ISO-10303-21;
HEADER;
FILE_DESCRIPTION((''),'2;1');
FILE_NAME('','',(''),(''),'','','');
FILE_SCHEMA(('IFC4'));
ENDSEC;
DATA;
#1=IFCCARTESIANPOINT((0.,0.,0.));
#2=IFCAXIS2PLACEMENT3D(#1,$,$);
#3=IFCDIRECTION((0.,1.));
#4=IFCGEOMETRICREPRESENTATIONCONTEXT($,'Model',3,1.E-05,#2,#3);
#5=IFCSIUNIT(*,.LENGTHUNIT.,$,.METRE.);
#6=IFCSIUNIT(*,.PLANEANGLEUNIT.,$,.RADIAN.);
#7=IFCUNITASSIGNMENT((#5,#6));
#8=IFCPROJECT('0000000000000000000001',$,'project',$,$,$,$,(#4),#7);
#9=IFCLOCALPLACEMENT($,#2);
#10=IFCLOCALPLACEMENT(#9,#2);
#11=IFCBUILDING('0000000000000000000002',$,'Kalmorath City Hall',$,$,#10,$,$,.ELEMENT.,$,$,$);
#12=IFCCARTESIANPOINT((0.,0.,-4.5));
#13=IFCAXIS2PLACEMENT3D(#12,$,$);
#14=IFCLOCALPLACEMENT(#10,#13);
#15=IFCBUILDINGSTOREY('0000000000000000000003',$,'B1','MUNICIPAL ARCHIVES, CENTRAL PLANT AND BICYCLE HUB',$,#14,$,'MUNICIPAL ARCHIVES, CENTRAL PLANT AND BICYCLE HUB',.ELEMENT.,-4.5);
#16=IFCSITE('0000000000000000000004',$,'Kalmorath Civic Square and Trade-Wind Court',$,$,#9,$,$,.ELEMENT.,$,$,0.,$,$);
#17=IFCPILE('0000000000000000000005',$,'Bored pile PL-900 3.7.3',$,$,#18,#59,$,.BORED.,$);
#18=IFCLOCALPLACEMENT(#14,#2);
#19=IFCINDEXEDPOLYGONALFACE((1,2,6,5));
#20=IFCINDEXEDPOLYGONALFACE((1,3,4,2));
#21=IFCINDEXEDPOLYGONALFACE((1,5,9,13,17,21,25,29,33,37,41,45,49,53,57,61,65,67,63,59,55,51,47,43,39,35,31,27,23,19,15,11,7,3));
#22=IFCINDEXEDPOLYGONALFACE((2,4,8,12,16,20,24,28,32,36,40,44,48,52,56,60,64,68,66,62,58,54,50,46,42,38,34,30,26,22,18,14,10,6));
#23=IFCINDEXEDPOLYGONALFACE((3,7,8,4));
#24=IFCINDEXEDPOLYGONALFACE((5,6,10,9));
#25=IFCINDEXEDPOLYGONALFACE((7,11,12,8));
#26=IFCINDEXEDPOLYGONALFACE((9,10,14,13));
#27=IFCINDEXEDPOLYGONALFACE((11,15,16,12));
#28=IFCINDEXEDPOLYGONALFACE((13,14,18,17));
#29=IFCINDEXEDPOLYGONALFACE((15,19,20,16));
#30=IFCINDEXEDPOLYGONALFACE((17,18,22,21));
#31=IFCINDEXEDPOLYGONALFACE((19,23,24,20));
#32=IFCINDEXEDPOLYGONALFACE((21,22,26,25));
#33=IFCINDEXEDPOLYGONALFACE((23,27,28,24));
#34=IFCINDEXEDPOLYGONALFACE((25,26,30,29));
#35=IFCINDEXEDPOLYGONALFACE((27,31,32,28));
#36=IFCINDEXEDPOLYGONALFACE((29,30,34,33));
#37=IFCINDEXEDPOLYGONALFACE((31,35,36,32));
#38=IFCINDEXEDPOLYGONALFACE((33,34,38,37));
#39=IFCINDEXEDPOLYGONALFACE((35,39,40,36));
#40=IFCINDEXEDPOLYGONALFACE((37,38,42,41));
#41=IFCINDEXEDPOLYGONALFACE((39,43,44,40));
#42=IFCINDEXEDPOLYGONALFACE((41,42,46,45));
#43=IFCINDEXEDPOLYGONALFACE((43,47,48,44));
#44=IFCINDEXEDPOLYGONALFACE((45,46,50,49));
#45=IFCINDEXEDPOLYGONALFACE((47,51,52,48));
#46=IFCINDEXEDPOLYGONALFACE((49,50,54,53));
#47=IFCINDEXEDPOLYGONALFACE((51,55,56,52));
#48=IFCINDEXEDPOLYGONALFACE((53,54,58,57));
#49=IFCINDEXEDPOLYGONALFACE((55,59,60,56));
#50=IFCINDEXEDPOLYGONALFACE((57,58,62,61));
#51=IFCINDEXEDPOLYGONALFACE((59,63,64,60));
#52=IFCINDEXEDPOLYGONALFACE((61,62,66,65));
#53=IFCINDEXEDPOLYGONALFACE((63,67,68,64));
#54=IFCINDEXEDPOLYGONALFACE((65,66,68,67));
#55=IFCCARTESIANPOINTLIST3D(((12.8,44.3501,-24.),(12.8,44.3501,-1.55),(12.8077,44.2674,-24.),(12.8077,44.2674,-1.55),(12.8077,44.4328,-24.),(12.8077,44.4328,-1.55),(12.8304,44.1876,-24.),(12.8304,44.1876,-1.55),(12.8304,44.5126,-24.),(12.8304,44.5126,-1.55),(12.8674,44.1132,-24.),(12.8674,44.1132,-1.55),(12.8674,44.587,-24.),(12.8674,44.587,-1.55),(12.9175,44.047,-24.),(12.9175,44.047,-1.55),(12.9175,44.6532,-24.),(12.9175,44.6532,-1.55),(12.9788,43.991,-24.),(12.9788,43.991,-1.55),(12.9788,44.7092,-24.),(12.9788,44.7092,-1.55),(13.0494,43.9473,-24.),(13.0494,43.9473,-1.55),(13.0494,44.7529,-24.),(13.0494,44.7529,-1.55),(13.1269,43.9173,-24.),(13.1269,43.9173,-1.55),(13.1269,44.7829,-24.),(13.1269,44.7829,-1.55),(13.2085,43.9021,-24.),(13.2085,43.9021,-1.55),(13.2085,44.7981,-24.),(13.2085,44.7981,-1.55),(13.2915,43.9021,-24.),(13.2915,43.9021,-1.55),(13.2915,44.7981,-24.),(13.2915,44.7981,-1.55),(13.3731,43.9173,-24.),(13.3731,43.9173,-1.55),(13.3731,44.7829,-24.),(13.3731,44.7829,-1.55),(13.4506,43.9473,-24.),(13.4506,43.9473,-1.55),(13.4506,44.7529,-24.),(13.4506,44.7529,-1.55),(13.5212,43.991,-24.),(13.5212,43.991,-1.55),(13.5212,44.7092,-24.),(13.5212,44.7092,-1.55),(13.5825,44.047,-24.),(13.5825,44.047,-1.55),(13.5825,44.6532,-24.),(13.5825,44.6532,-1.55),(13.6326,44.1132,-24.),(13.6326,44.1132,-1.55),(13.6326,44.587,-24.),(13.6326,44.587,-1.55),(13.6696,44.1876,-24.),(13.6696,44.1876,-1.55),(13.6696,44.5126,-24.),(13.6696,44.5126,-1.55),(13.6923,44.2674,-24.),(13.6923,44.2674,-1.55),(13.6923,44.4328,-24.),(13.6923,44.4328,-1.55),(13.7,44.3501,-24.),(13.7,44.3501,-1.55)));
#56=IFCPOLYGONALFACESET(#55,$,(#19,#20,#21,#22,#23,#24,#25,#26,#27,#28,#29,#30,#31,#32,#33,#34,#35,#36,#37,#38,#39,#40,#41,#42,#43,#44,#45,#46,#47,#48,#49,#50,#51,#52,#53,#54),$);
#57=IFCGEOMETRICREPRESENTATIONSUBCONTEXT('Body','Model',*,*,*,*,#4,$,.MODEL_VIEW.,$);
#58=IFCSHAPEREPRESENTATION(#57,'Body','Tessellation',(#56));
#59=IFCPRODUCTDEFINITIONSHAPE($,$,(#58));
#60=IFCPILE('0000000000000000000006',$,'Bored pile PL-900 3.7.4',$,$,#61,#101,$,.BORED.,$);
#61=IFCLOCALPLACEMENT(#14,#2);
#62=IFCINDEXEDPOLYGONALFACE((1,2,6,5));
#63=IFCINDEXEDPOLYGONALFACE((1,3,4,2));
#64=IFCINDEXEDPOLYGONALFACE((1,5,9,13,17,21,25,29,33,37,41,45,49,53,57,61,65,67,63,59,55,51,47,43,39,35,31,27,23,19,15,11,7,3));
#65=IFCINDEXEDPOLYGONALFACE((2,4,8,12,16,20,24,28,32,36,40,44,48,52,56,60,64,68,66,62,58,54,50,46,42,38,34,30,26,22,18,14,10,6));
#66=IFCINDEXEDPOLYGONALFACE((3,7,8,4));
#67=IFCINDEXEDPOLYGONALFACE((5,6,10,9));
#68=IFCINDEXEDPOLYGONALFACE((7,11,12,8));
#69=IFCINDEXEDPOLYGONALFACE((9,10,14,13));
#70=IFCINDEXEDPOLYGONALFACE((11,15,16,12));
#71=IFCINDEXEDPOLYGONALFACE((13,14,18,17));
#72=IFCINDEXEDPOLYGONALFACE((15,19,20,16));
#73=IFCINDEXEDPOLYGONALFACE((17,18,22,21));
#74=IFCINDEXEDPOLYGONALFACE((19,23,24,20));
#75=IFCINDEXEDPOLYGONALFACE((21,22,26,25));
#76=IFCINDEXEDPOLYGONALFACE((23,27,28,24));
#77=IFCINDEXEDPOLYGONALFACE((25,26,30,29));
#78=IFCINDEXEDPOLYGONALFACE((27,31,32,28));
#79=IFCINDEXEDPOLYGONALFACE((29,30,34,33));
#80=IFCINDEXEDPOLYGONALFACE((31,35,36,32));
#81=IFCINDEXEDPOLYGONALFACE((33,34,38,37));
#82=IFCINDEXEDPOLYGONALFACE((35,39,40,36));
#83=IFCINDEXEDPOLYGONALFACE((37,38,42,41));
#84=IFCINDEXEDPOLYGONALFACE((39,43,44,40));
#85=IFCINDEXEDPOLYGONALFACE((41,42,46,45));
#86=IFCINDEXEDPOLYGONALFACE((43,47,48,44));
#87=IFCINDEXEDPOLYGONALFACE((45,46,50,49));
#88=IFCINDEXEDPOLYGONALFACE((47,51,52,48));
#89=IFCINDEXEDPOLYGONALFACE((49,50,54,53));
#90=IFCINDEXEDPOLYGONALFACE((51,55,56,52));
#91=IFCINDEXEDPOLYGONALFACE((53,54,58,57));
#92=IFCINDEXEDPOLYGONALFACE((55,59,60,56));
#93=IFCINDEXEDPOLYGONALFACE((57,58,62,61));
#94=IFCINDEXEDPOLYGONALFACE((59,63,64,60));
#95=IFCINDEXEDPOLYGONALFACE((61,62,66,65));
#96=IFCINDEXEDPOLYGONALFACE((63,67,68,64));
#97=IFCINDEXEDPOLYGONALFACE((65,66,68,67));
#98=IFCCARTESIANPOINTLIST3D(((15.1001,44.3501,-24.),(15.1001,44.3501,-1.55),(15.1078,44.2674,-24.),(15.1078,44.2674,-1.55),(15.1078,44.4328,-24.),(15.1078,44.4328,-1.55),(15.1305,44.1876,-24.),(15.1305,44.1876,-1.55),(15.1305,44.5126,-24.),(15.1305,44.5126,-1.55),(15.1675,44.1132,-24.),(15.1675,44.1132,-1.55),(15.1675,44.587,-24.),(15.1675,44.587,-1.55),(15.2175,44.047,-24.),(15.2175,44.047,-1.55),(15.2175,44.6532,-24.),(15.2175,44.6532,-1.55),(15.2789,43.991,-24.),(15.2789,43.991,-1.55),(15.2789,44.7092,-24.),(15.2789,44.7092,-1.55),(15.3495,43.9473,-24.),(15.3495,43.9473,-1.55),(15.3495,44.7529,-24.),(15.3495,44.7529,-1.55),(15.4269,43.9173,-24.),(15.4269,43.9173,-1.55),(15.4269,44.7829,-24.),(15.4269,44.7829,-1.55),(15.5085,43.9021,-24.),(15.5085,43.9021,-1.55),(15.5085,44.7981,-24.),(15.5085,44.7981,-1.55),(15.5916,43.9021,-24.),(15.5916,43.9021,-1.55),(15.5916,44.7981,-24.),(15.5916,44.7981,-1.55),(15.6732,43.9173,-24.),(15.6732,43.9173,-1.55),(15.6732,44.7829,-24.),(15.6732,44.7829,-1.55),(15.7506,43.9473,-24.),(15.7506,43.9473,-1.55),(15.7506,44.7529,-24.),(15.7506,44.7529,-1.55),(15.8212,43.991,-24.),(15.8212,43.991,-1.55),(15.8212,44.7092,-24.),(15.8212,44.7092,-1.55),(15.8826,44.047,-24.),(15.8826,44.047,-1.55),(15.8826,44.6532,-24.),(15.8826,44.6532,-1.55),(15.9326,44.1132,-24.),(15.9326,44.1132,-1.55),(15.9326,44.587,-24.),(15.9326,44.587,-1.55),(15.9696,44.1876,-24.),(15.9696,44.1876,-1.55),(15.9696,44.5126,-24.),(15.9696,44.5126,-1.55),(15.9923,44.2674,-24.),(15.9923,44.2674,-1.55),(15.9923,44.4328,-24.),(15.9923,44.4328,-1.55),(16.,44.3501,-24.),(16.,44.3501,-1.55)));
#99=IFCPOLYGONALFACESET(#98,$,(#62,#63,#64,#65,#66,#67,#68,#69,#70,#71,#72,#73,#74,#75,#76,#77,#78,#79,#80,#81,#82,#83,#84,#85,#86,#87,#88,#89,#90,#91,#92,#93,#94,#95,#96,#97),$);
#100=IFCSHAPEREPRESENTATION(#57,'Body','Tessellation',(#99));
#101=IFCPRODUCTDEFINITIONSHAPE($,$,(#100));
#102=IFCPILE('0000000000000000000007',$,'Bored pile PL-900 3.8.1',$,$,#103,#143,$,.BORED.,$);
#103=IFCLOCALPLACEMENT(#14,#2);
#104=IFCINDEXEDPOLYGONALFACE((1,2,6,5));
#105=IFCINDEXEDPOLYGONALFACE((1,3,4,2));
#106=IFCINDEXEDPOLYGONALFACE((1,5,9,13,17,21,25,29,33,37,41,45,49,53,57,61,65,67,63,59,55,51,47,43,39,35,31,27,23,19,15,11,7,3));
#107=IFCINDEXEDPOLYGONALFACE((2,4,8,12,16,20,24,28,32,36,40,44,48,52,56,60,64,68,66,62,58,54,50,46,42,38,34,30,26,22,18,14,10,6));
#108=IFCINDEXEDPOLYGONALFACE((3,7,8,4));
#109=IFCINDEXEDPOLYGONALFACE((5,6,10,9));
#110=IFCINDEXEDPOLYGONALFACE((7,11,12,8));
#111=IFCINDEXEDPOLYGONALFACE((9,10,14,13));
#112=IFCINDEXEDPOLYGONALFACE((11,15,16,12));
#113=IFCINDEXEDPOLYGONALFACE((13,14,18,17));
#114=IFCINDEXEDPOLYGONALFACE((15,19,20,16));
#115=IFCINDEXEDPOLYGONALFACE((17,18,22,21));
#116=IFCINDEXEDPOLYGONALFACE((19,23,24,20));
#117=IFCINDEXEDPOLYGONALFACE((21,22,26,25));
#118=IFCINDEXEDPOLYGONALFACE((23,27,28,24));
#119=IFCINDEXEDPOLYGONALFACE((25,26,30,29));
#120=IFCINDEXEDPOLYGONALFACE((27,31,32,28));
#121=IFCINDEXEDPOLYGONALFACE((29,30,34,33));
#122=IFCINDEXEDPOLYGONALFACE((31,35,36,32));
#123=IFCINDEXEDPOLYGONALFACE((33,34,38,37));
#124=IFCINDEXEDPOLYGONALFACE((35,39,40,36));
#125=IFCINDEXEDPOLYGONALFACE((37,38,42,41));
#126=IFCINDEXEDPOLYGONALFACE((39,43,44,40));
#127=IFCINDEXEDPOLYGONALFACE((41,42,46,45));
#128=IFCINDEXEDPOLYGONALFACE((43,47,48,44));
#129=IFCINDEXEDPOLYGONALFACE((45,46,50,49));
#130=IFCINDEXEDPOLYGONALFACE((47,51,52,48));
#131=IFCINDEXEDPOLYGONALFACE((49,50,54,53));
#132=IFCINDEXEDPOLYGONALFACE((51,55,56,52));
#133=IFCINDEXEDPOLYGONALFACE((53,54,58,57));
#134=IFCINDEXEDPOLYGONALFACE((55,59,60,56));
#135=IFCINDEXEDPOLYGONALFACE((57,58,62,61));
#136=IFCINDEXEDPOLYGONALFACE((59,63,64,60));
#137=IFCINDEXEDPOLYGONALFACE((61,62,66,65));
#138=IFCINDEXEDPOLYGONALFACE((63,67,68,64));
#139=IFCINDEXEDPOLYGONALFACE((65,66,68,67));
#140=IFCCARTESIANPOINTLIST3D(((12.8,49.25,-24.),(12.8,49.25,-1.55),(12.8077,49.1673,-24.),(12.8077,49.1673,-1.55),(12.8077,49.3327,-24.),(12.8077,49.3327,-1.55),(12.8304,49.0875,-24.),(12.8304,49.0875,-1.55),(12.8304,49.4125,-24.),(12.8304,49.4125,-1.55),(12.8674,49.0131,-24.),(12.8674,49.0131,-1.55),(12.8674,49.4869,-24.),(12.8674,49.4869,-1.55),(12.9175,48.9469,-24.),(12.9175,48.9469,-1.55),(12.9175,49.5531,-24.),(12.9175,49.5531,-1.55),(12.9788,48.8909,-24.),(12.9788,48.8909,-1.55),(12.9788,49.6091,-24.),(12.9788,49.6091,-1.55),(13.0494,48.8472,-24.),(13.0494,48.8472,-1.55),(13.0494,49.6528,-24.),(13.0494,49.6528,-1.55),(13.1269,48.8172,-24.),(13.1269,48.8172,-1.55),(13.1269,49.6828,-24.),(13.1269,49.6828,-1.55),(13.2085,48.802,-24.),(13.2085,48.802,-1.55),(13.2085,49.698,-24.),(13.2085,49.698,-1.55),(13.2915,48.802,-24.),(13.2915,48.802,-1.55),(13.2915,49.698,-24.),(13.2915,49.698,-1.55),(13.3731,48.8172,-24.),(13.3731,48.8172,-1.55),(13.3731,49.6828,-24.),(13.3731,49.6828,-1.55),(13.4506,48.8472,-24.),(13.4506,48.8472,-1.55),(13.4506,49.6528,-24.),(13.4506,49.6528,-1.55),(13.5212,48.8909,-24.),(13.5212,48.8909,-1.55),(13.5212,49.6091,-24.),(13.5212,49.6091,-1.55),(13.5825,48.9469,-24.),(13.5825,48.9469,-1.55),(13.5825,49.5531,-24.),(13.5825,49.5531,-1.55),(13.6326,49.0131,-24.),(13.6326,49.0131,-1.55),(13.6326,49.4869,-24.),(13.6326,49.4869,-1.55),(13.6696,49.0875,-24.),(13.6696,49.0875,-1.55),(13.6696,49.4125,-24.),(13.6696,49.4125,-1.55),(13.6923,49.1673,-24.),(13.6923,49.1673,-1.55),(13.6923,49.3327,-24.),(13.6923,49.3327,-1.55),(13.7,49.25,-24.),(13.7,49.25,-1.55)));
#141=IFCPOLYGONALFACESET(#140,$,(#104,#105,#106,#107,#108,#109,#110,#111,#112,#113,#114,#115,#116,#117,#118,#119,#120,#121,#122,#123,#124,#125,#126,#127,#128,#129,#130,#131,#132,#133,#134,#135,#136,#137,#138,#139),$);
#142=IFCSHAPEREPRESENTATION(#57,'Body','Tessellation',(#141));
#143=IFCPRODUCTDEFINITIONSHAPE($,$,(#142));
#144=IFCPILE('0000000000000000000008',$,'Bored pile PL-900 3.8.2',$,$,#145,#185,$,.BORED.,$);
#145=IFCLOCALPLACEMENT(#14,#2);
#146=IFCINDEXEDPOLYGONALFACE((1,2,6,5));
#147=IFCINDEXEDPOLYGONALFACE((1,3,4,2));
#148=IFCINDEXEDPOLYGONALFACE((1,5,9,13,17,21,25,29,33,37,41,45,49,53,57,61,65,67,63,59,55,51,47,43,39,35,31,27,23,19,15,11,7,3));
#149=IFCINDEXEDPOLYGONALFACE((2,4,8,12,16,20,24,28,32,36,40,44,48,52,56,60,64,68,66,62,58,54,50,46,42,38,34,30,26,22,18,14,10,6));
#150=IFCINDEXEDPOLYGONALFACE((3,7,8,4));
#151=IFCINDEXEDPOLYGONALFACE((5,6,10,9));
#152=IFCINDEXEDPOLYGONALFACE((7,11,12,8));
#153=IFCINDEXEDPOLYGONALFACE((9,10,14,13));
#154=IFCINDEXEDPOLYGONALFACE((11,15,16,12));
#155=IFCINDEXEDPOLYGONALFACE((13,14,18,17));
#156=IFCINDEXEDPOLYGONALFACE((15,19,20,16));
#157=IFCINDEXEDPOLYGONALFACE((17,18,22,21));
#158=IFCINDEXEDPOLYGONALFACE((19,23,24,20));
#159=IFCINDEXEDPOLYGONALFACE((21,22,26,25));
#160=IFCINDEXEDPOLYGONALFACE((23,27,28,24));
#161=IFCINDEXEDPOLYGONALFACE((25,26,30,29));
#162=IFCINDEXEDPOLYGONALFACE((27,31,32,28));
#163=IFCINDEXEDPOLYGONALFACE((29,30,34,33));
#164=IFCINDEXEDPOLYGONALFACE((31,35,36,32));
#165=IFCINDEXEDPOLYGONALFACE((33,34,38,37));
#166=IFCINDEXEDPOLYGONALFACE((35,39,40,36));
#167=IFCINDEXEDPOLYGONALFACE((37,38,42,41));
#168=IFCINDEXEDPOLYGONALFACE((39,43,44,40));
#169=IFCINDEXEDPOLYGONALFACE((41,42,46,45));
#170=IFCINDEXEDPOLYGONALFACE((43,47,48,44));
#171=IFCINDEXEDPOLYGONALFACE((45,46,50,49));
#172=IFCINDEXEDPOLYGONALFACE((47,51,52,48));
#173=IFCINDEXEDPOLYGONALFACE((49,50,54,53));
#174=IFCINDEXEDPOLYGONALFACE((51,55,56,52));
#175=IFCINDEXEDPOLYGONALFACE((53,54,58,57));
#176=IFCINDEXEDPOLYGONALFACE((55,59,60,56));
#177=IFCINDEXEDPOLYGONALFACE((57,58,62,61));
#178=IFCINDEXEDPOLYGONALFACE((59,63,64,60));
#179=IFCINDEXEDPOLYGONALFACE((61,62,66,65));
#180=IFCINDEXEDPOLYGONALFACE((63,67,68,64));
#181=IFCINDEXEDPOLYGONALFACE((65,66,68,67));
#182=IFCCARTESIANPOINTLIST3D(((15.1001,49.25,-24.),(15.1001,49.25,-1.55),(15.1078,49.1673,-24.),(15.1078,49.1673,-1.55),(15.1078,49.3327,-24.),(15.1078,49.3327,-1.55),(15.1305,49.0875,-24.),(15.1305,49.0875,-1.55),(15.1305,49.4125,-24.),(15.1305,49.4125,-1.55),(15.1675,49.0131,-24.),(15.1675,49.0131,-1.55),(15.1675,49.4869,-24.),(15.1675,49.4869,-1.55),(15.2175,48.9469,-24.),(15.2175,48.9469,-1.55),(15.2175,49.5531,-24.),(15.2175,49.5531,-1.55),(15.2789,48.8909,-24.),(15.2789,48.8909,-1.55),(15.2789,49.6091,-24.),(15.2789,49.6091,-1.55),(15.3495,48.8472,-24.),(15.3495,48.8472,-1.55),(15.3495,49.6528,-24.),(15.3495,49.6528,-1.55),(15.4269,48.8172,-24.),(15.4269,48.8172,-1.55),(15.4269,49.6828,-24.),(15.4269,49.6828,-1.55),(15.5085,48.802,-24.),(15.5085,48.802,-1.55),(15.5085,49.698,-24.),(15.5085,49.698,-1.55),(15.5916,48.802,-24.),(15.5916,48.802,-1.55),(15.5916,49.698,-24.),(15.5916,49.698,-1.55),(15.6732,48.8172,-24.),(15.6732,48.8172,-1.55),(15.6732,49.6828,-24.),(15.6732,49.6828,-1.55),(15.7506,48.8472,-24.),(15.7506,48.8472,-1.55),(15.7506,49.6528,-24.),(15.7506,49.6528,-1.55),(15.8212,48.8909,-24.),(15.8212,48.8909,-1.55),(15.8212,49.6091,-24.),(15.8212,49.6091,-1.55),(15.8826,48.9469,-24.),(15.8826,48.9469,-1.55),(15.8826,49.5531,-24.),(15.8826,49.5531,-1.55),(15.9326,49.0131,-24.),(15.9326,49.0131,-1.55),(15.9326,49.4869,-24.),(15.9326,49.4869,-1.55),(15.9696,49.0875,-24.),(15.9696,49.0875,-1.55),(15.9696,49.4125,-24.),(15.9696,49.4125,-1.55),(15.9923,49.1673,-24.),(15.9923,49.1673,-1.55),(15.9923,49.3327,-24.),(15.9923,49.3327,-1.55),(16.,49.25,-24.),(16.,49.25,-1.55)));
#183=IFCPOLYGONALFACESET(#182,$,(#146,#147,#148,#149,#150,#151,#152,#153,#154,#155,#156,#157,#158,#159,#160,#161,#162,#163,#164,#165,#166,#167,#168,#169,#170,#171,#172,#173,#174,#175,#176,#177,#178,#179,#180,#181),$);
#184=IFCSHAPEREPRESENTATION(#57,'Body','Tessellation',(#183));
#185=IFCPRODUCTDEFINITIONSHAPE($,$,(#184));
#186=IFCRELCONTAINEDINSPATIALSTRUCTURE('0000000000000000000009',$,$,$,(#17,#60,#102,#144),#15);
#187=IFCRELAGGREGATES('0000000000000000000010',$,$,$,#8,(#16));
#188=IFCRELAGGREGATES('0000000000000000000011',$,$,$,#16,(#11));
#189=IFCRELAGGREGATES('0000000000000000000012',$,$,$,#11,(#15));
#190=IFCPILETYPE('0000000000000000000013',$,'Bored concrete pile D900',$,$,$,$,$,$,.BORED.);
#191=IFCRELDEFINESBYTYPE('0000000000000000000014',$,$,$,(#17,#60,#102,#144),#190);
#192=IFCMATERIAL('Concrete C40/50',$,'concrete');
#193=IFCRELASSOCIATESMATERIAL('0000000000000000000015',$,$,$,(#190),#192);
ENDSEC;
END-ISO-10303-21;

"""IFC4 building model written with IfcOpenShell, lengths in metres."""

from ifc_helpers import new_model, si_unit, direction, frame, origin, origin_2d, place, context, subcontext, project, spatial, circle, extrude, material, material_profile, profile_set, type_object, element, save


model = new_model("IFC4")

# Units and contexts
model_context = context("Model", 3, precision=1e-05, world=origin(), true_north=direction((0.0, 1.0)))
body_context = subcontext(model_context, "Body", "Model", "MODEL_VIEW")
ifc_project = project(units=[si_unit("LENGTHUNIT", "METRE"), si_unit("PLANEANGLEUNIT", "RADIAN")], contexts=[model_context])

# Site, building, storey
site_placement = place(None, origin())
site = spatial("IfcSite", under=ifc_project, at=site_placement, Name="Kalmorath Civic Square and Trade-Wind Court", CompositionType="ELEMENT", RefElevation=0.0)
building_placement = place(site_placement, origin())
building = spatial("IfcBuilding", under=site, at=building_placement, Name="Kalmorath City Hall", CompositionType="ELEMENT")
storey_placement = place(building_placement, frame((0.0, 0.0, -4.5)))
storey = spatial("IfcBuildingStorey", under=building, at=storey_placement, Name="B1", Description="MUNICIPAL ARCHIVES, CENTRAL PLANT AND BICYCLE HUB", LongName="MUNICIPAL ARCHIVES, CENTRAL PLANT AND BICYCLE HUB", CompositionType="ELEMENT", Elevation=-4.5)

# Piles
ifc_material_1 = material(Name="Concrete C40/50", Category="concrete")
ifc_material_profile_1 = material_profile(ifc_material_1, circle(Radius=0.45, at=origin_2d()), Name="PILE-D900")
ifc_profile_set_1 = profile_set([ifc_material_profile_1], Name="Concrete C40/50")
pile_type = type_object("IfcPileType", Name="Bored concrete pile D900", PredefinedType="BORED", material=ifc_profile_set_1)
for number, where, z_axis, x_axis, name in (
    (1, (13.25, 44.3501, -1.55), (0.0, 0.0, -1.0), (1.0, 0.0, 0.0), "Bored pile PL-900 3.7.3"),
    (2, (15.55, 44.3501, -1.55), (0.0, 0.0, -1.0), (1.0, 0.0, 0.0), "Bored pile PL-900 3.7.4"),
    (3, (13.25, 49.25, -1.55), (0.0, 0.0, -1.0), (1.0, 0.0, 0.0), "Bored pile PL-900 3.8.1"),
    (4, (15.55, 49.25, -1.55), (0.0, 0.0, -1.0), (1.0, 0.0, 0.0), "Bored pile PL-900 3.8.2"),
):
    element("IfcPile", number, at=place(storey_placement, frame(where, z_axis=z_axis, x_axis=x_axis)), inside=storey, type_object=pile_type, Name=name, PredefinedType="BORED", context=body_context, shape_type="SweptSolid", body=[
        extrude(circle(Radius=0.45, at=origin_2d()), origin(), (0.0, 0.0, 1.0), 22.45),
    ])

save(model, "model.ifc")
